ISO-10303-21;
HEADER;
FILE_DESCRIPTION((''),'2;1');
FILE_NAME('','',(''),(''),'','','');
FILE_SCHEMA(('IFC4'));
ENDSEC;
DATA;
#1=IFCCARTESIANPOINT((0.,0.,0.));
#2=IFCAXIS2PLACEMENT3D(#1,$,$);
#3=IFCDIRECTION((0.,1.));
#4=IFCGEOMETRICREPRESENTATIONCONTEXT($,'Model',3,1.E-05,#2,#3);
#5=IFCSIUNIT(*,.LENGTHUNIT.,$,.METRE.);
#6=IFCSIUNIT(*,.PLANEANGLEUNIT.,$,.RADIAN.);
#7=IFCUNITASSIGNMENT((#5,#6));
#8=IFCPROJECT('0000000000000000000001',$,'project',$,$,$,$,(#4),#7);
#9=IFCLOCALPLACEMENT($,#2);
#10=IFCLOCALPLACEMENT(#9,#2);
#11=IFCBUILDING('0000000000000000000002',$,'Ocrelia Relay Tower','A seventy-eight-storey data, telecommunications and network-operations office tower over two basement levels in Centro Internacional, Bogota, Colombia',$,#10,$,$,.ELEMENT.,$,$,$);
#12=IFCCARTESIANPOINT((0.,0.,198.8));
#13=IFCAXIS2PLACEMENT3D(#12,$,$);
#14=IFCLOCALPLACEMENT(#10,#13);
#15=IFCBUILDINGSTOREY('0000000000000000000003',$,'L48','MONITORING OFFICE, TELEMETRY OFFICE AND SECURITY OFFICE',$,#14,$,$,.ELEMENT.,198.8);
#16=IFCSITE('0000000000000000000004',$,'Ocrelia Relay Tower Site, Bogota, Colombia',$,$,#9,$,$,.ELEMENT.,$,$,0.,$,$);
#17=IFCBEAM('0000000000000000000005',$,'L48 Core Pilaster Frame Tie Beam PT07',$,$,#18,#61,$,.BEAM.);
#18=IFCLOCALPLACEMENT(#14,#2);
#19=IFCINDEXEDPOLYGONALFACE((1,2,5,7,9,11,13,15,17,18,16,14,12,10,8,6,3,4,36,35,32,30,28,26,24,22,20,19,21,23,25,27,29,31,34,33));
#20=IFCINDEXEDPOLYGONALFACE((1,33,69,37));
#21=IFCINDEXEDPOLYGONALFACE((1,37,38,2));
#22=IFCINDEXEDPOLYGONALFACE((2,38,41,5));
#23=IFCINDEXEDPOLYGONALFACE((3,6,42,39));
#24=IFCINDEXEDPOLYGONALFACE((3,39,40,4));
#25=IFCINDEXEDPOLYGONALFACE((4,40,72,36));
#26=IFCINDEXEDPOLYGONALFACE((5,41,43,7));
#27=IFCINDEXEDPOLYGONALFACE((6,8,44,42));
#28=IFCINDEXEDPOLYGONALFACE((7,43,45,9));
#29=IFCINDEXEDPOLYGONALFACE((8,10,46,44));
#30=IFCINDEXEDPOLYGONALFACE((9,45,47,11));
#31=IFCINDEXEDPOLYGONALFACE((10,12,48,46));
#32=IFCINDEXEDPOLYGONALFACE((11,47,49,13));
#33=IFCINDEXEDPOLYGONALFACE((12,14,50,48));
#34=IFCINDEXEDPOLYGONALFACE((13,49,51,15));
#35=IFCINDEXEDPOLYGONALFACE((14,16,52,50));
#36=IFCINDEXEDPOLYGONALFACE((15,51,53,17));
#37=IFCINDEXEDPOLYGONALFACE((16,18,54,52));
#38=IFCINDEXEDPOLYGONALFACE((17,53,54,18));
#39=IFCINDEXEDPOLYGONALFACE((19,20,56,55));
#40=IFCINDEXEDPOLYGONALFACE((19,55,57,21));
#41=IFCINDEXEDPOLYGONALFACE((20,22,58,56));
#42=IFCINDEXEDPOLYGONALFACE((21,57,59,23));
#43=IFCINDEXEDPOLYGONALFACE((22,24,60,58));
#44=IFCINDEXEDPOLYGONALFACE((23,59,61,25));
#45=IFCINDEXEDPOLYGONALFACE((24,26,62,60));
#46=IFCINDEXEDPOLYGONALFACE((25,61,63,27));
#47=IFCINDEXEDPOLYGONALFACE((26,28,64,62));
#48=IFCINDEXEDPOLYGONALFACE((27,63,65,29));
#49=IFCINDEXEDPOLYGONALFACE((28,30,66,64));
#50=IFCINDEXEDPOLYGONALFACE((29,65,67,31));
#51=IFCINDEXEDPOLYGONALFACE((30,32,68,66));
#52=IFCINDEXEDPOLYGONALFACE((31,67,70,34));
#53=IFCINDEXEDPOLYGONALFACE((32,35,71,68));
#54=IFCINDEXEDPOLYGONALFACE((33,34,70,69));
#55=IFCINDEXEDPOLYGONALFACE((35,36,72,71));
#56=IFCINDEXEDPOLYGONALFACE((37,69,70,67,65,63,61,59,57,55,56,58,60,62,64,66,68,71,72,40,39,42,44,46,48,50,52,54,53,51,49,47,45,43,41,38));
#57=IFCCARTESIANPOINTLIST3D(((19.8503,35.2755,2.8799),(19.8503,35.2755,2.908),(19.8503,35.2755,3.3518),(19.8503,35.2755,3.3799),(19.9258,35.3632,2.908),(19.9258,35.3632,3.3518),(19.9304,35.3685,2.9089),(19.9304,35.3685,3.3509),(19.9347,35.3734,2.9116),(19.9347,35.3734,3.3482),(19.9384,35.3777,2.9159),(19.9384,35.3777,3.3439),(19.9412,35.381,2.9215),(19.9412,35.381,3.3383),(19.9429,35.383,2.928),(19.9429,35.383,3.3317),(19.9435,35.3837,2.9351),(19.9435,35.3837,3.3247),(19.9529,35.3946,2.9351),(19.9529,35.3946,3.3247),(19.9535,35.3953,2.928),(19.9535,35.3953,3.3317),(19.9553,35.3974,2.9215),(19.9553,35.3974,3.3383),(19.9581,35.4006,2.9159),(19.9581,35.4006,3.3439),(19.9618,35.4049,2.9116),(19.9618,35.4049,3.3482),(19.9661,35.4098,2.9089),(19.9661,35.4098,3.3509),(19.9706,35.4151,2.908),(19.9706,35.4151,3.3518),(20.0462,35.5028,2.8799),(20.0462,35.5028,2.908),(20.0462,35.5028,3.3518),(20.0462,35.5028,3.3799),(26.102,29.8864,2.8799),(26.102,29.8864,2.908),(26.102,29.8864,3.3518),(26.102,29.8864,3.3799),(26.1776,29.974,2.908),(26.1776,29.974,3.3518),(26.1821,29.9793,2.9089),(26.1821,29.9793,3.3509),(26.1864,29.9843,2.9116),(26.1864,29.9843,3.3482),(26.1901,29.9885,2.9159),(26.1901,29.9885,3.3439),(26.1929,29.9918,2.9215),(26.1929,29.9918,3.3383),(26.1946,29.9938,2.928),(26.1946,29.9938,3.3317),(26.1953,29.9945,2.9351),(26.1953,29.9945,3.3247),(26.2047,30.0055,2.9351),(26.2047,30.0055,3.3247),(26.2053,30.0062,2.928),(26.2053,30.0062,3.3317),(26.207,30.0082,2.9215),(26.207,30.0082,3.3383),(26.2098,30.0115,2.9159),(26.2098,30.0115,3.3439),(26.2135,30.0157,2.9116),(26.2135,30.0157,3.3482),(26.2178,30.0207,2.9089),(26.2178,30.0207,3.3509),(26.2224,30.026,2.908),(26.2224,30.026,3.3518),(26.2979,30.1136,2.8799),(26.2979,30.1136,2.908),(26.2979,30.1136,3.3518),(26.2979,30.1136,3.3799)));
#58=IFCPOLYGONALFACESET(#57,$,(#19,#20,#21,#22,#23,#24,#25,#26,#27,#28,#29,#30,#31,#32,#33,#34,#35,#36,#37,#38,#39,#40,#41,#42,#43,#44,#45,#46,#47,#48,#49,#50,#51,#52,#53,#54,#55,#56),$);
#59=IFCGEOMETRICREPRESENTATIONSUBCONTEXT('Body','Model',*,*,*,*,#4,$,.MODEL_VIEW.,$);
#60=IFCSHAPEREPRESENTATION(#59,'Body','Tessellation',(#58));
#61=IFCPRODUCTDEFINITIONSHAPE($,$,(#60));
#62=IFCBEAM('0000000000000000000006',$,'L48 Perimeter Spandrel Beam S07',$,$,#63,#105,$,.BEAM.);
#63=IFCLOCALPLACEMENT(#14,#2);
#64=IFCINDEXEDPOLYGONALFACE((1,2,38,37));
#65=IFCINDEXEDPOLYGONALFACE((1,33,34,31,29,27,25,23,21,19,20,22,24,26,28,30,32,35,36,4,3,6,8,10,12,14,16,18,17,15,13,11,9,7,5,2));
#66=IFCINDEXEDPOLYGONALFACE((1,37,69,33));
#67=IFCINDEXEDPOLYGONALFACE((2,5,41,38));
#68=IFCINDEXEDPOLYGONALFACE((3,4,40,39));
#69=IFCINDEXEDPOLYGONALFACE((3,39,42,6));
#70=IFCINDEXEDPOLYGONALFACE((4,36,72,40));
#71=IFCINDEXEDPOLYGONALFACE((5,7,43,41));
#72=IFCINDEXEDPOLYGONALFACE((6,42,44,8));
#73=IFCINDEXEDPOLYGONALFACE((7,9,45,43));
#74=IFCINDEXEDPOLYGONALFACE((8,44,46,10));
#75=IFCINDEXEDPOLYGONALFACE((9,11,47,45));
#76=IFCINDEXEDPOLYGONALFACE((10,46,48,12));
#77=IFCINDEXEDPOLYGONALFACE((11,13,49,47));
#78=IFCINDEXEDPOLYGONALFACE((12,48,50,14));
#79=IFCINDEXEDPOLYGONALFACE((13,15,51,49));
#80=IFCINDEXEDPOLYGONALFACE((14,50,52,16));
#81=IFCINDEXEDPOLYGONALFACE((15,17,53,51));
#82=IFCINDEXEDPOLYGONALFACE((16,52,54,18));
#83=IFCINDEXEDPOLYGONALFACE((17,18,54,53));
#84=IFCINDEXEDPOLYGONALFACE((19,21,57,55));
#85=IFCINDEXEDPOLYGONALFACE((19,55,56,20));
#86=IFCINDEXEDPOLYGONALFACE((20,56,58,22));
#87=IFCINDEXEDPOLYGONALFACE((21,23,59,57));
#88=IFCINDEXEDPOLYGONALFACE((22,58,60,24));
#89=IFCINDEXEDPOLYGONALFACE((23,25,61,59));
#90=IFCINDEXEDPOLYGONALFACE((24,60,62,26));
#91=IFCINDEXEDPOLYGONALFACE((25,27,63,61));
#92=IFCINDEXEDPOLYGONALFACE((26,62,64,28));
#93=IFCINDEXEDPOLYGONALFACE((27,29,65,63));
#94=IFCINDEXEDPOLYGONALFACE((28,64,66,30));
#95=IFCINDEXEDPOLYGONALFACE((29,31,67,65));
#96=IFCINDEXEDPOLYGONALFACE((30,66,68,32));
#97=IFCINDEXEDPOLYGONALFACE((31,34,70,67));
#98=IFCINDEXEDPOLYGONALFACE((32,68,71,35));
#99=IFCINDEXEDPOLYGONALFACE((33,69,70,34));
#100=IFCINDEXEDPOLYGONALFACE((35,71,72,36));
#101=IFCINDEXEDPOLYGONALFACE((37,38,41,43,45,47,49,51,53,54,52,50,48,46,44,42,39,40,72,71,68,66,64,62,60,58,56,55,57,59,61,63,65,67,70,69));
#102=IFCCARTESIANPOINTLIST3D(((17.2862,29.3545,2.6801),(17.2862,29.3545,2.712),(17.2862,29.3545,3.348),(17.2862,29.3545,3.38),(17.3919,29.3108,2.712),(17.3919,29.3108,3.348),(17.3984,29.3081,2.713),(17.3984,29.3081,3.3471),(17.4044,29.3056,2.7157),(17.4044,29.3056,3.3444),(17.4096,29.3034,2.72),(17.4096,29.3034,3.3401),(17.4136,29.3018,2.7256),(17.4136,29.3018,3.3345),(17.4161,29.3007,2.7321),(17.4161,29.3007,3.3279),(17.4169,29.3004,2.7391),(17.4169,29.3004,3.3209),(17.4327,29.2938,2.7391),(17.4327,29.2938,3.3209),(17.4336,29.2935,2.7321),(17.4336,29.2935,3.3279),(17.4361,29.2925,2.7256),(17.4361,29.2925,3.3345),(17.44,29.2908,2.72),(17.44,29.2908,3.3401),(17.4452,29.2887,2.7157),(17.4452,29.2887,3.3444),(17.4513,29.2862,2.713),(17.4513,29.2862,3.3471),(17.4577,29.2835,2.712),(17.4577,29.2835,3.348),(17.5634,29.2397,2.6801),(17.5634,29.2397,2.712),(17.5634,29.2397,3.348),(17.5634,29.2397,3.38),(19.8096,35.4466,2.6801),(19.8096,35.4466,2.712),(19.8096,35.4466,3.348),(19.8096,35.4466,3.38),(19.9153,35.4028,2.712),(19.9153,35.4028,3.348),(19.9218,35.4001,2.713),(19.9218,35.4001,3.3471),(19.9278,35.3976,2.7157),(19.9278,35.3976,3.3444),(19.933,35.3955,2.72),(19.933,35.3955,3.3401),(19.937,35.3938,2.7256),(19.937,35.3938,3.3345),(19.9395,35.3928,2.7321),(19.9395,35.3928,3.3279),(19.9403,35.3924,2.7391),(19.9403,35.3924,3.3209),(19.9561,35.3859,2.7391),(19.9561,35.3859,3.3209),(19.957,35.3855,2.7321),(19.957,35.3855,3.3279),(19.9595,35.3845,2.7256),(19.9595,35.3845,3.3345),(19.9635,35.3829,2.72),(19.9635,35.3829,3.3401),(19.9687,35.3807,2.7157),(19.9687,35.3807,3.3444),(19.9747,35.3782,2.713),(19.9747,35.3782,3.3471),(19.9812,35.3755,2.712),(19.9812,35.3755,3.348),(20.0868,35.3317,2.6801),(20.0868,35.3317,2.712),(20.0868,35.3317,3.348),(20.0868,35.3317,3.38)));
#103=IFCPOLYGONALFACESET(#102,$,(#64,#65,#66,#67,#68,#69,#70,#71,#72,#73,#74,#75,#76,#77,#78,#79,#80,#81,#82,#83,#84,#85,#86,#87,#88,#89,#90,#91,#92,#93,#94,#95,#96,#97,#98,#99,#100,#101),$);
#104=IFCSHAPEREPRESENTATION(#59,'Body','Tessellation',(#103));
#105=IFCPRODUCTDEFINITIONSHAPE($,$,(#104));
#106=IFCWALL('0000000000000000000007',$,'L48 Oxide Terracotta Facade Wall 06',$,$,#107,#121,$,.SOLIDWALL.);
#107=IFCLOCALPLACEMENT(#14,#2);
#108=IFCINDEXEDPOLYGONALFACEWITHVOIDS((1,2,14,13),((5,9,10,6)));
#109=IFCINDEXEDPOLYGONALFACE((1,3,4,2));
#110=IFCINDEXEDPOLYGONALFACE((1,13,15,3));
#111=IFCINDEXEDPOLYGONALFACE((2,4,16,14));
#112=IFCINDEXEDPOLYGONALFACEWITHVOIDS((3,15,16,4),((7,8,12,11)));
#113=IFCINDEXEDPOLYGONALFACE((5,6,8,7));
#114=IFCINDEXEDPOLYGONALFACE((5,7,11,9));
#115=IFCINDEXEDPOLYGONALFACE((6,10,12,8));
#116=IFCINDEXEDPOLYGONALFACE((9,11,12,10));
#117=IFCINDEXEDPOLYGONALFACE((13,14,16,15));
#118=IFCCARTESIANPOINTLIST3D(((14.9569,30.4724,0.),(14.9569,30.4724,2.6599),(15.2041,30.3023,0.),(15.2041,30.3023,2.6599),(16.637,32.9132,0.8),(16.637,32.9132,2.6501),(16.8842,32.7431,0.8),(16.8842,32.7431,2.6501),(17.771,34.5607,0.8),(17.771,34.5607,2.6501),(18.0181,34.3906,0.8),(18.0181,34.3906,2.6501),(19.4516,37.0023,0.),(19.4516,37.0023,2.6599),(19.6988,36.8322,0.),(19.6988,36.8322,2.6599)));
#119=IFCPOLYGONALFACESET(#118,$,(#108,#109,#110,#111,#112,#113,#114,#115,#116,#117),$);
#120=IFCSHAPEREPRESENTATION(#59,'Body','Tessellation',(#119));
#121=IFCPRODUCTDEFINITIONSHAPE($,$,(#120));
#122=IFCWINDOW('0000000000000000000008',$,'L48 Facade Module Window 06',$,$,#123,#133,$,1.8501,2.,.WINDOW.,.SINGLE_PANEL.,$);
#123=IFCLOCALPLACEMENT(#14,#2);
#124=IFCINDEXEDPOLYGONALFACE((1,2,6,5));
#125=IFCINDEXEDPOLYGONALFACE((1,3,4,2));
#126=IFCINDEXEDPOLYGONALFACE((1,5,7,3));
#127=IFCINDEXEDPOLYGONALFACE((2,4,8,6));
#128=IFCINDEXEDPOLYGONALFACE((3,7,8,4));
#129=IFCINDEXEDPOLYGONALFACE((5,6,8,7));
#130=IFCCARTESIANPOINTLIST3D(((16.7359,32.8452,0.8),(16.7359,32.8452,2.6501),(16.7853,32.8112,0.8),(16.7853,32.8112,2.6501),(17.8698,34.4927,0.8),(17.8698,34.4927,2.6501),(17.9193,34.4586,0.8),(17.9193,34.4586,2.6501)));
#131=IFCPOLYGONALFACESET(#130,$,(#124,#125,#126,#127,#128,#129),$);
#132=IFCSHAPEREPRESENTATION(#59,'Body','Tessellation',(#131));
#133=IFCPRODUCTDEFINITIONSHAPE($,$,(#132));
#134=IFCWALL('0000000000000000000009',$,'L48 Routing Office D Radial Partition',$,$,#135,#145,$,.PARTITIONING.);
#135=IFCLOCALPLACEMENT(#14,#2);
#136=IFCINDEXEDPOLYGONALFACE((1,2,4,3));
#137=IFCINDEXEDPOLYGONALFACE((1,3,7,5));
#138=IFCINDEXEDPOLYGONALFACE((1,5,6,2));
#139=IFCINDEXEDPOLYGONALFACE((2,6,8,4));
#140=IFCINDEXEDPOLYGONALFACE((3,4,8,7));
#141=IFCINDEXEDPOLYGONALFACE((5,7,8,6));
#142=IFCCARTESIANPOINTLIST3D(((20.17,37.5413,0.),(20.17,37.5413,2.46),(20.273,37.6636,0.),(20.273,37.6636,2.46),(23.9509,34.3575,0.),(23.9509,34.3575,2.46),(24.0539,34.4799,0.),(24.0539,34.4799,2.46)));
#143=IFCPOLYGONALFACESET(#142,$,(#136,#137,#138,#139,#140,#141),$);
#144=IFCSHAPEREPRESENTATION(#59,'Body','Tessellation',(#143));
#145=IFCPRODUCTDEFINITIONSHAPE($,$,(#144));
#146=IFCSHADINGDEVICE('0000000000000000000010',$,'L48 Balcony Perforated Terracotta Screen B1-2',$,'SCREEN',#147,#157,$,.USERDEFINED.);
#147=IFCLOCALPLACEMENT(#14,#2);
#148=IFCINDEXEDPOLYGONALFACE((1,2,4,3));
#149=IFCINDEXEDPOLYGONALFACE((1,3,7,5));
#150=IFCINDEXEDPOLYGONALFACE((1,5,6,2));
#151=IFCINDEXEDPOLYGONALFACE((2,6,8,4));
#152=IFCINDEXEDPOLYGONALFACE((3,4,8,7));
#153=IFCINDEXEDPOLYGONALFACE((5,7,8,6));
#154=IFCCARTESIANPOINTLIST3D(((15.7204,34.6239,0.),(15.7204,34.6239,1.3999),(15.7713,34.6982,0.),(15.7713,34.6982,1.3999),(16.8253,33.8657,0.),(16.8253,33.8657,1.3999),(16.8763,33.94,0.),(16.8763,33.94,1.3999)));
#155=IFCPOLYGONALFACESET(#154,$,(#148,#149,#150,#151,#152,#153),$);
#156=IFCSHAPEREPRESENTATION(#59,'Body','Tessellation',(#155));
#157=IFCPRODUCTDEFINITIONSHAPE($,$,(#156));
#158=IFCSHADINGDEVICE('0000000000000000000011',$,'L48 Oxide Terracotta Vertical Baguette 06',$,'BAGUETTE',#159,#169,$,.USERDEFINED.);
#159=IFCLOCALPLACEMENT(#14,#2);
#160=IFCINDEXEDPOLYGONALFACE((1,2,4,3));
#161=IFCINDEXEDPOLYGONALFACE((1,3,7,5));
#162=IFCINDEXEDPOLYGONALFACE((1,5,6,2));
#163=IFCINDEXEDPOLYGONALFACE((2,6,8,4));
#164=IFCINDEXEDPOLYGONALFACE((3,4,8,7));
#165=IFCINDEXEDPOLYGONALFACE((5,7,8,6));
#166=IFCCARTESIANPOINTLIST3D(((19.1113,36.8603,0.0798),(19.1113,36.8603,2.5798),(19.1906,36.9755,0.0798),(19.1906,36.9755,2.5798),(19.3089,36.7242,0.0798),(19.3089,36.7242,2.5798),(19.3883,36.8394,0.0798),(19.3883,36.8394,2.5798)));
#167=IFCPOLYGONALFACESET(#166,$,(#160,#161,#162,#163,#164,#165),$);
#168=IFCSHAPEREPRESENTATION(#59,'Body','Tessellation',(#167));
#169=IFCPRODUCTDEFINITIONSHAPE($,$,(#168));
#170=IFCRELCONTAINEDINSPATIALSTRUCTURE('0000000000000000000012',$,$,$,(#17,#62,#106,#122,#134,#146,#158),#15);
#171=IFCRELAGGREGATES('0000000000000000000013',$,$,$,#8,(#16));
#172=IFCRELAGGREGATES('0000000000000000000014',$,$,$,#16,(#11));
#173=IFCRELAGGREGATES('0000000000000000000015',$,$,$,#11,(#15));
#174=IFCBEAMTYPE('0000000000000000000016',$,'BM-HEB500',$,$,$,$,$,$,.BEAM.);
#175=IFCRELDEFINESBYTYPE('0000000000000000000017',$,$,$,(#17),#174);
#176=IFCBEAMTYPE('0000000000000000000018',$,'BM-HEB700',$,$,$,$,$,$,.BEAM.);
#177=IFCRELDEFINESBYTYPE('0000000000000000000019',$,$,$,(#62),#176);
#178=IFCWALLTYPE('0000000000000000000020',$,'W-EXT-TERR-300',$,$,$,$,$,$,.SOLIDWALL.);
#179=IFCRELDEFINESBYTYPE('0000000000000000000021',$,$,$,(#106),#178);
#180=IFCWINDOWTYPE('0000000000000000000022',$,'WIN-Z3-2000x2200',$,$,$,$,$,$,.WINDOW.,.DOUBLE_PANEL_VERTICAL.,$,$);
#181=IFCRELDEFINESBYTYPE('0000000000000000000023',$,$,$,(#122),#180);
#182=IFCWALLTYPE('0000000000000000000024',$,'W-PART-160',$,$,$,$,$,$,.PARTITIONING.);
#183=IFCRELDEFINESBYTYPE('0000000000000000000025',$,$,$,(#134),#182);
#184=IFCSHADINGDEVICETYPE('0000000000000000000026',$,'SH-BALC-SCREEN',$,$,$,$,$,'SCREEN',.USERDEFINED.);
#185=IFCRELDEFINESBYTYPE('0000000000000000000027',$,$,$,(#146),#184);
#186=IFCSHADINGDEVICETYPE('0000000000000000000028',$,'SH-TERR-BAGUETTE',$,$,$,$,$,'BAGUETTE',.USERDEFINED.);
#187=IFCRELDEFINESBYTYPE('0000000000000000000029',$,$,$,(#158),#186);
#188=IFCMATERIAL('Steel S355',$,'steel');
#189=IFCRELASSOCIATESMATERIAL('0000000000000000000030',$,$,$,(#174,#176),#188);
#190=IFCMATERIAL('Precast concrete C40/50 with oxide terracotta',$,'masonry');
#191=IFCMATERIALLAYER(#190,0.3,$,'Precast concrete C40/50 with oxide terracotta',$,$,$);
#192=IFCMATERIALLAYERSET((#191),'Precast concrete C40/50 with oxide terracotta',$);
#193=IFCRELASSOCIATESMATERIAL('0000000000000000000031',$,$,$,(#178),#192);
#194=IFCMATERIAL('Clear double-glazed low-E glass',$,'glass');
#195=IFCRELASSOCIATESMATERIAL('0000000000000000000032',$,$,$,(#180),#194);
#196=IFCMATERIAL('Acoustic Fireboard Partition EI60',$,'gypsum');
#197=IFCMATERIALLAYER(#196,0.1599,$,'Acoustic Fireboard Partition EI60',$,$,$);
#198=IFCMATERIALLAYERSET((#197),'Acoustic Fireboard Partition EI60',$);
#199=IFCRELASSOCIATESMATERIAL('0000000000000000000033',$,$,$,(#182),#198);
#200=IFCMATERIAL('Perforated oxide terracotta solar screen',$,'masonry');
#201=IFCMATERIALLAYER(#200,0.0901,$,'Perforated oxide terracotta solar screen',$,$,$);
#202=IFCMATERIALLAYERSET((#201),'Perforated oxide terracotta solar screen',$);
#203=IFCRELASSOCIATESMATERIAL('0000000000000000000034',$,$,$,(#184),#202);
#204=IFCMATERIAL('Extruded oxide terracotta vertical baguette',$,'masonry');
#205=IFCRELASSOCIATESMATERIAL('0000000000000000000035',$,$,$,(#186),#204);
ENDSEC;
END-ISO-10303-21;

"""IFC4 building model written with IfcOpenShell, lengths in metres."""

from ifc_helpers import new_model, si_unit, direction, frame, frame_2d, origin, origin_2d, place, context, subcontext, project, spatial, rectangle, i_section, extrude, material, layer, layer_set, material_profile, profile_set, type_object, element, fill, save


model = new_model("IFC4")

# Units and contexts
model_context = context("Model", 3, precision=1e-05, world=origin(), true_north=direction((0.0, 1.0)))
body_context = subcontext(model_context, "Body", "Model", "MODEL_VIEW")
ifc_project = project(units=[si_unit("LENGTHUNIT", "METRE"), si_unit("PLANEANGLEUNIT", "RADIAN")], contexts=[model_context])

# Site, building, storey
site_placement = place(None, origin())
site = spatial("IfcSite", under=ifc_project, at=site_placement, Name="Ocrelia Relay Tower Site, Bogota, Colombia", CompositionType="ELEMENT", RefElevation=0.0)
building_placement = place(site_placement, origin())
building = spatial("IfcBuilding", under=site, at=building_placement, Name="Ocrelia Relay Tower", Description="A seventy-eight-storey data, telecommunications and network-operations office tower over two basement levels in Centro Internacional, Bogota, Colombia", CompositionType="ELEMENT")
storey_placement = place(building_placement, frame((0.0, 0.0, 198.8)))
storey = spatial("IfcBuildingStorey", under=building, at=storey_placement, Name="L48", Description="MONITORING OFFICE, TELEMETRY OFFICE AND SECURITY OFFICE", CompositionType="ELEMENT", Elevation=198.8)

# Beams
ifc_material_1 = material(Name="Steel S355", Category="steel")
ifc_material_profile_1 = material_profile(ifc_material_1, i_section(OverallWidth=0.3, OverallDepth=0.5, WebThickness=0.0144, FlangeThickness=0.0281, FilletRadius=0.0271, at=origin_2d()), Name="HEB 500")
ifc_profile_set_1 = profile_set([ifc_material_profile_1], Name="Steel S355")
beam_type_1 = type_object("IfcBeamType", Name="BM-HEB500", PredefinedType="BEAM", material=ifc_profile_set_1)
beam_1_placement = place(storey_placement, frame((19.9482, 35.3892, 3.1299), z_axis=(0.757425, -0.652923, 0.0), x_axis=(0.652923, 0.757425, 0.0)))
element("IfcBeam", 1, at=beam_1_placement, inside=storey, type_object=beam_type_1, Name="L48 Core Pilaster Frame Tie Beam PT07", PredefinedType="BEAM", context=body_context, shape_type="SweptSolid", body=[
    extrude(i_section(OverallWidth=0.3, OverallDepth=0.5, WebThickness=0.0144, FlangeThickness=0.0281, FilletRadius=0.0271, at=origin_2d()), origin(), (0.0, 0.0, 1.0), 8.2539),
])
ifc_material_profile_2 = material_profile(ifc_material_1, i_section(OverallWidth=0.3, OverallDepth=0.7, WebThickness=0.0171, FlangeThickness=0.032, FilletRadius=0.0271, at=origin_2d()), Name="HEB 700")
ifc_profile_set_2 = profile_set([ifc_material_profile_2], Name="Steel S355")
beam_type_2 = type_object("IfcBeamType", Name="BM-HEB700", PredefinedType="BEAM", material=ifc_profile_set_2)
beam_2_placement = place(storey_placement, frame((19.9482, 35.3892, 3.03), z_axis=(-0.382688, -0.923878, 0.0), x_axis=(0.923878, -0.382688, 0.0)))
element("IfcBeam", 2, at=beam_2_placement, inside=storey, type_object=beam_type_2, Name="L48 Perimeter Spandrel Beam S07", PredefinedType="BEAM", context=body_context, shape_type="SweptSolid", body=[
    extrude(i_section(OverallWidth=0.3, OverallDepth=0.7, WebThickness=0.0171, FlangeThickness=0.032, FilletRadius=0.0271, at=origin_2d()), origin(), (0.0, 0.0, 1.0), 6.594),
])

# Wall, opening, window
ifc_material_2 = material(Name="Precast concrete C40/50 with oxide terracotta", Category="masonry")
ifc_layer_1 = layer(ifc_material_2, 0.3, Name="Precast concrete C40/50 with oxide terracotta")
ifc_layer_set_1 = layer_set([ifc_layer_1], Name="Precast concrete C40/50 with oxide terracotta")
wall_type_1 = type_object("IfcWallType", Name="W-EXT-TERR-300", PredefinedType="SOLIDWALL", material=ifc_layer_set_1)
wall_1_placement = place(storey_placement, frame((19.5752, 36.9172, 0.0), z_axis=(0.0, 0.0, 1.0), x_axis=(-0.566991, -0.823724, 0.0)))
wall_1 = element("IfcWall", 3, at=wall_1_placement, inside=storey, type_object=wall_type_1, Name="L48 Oxide Terracotta Facade Wall 06", PredefinedType="SOLIDWALL", context=body_context, shape_type="SweptSolid", body=[
    extrude(rectangle(XDim=7.9272, YDim=0.3, at=frame_2d((3.9636, 0.0))), origin(), (0.0, 0.0, 1.0), 2.6599),
])
opening_1_placement = place(wall_1_placement, frame((2.9641, 0.0, 0.8)))
opening_1 = element("IfcOpeningElement", 4, at=opening_1_placement, cuts=wall_1, PredefinedType="OPENING", context=body_context, shape_type="SweptSolid", body=[
    extrude(rectangle(XDim=2.0, YDim=1.8501, at=frame_2d((1.0, 0.925))), frame((0.0, 0.1602, 0.0), z_axis=(0.0, -1.0, 0.0), x_axis=(1.0, 0.0, 0.0)), (0.0, 0.0, 1.0), 0.3201),
])
ifc_material_3 = material(Name="Clear double-glazed low-E glass", Category="glass")
window_type = type_object("IfcWindowType", Name="WIN-Z3-2000x2200", PartitioningType="DOUBLE_PANEL_VERTICAL", PredefinedType="WINDOW", material=ifc_material_3)
window_placement = place(opening_1_placement, origin())
window = element("IfcWindow", 5, at=window_placement, inside=storey, type_object=window_type, Name="L48 Facade Module Window 06", OverallHeight=1.8501, OverallWidth=2.0, PartitioningType="SINGLE_PANEL", PredefinedType="WINDOW", context=body_context, shape_type="SweptSolid", body=[
    extrude(rectangle(XDim=2.0, YDim=1.8501, at=frame_2d((1.0, 0.925))), frame((0.0, 0.03, 0.0), z_axis=(0.0, -1.0, 0.0), x_axis=(1.0, 0.0, 0.0)), (0.0, 0.0, 1.0), 0.0601),
])
fill(opening_1, window)

# Wall
ifc_material_4 = material(Name="Acoustic Fireboard Partition EI60", Category="gypsum")
ifc_layer_2 = layer(ifc_material_4, 0.1599, Name="Acoustic Fireboard Partition EI60")
ifc_layer_set_2 = layer_set([ifc_layer_2], Name="Acoustic Fireboard Partition EI60")
wall_type_2 = type_object("IfcWallType", Name="W-PART-160", PredefinedType="PARTITIONING", material=ifc_layer_set_2)
wall_2_placement = place(storey_placement, frame((24.0024, 34.4187, 0.0), z_axis=(0.0, 0.0, 1.0), x_axis=(-0.764928, 0.644116, 0.0)))
element("IfcWall", 6, at=wall_2_placement, inside=storey, type_object=wall_type_2, Name="L48 Routing Office D Radial Partition", PredefinedType="PARTITIONING", context=body_context, shape_type="SweptSolid", body=[
    extrude(rectangle(XDim=4.9429, YDim=0.1599, at=frame_2d((2.4714, 0.0))), origin(), (0.0, 0.0, 1.0), 2.46),
])

# Shading devices
ifc_material_5 = material(Name="Perforated oxide terracotta solar screen", Category="masonry")
ifc_layer_3 = layer(ifc_material_5, 0.0901, Name="Perforated oxide terracotta solar screen")
ifc_layer_set_3 = layer_set([ifc_layer_3], Name="Perforated oxide terracotta solar screen")
shading_device_type_1 = type_object("IfcShadingDeviceType", Name="SH-BALC-SCREEN", ElementType="SCREEN", PredefinedType="USERDEFINED", material=ifc_layer_set_3)
shading_device_1_placement = place(storey_placement, frame((16.2983, 34.282, 0.0), z_axis=(0.0, 0.0, 1.0), x_axis=(-0.824557, 0.565779, 0.0)))
element("IfcShadingDevice", 7, at=shading_device_1_placement, inside=storey, type_object=shading_device_type_1, Name="L48 Balcony Perforated Terracotta Screen B1-2", ObjectType="SCREEN", PredefinedType="USERDEFINED", context=body_context, shape_type="SweptSolid", body=[
    extrude(rectangle(XDim=1.3401, YDim=0.0901, at=origin_2d()), origin(), (0.0, 0.0, 1.0), 1.3999),
])
ifc_material_6 = material(Name="Extruded oxide terracotta vertical baguette", Category="masonry")
shading_device_type_2 = type_object("IfcShadingDeviceType", Name="SH-TERR-BAGUETTE", ElementType="BAGUETTE", PredefinedType="USERDEFINED", material=ifc_material_6)
shading_device_2_placement = place(storey_placement, frame((19.2498, 36.8499, 0.0798), z_axis=(0.0, 0.0, 1.0), x_axis=(-0.567003, -0.823716, 0.0)))
element("IfcShadingDevice", 8, at=shading_device_2_placement, inside=storey, type_object=shading_device_type_2, Name="L48 Oxide Terracotta Vertical Baguette 06", ObjectType="BAGUETTE", PredefinedType="USERDEFINED", context=body_context, shape_type="SweptSolid", body=[
    extrude(rectangle(XDim=0.1399, YDim=0.24, at=origin_2d()), origin(), (0.0, 0.0, 1.0), 2.5),
])

save(model, "model.ifc")
